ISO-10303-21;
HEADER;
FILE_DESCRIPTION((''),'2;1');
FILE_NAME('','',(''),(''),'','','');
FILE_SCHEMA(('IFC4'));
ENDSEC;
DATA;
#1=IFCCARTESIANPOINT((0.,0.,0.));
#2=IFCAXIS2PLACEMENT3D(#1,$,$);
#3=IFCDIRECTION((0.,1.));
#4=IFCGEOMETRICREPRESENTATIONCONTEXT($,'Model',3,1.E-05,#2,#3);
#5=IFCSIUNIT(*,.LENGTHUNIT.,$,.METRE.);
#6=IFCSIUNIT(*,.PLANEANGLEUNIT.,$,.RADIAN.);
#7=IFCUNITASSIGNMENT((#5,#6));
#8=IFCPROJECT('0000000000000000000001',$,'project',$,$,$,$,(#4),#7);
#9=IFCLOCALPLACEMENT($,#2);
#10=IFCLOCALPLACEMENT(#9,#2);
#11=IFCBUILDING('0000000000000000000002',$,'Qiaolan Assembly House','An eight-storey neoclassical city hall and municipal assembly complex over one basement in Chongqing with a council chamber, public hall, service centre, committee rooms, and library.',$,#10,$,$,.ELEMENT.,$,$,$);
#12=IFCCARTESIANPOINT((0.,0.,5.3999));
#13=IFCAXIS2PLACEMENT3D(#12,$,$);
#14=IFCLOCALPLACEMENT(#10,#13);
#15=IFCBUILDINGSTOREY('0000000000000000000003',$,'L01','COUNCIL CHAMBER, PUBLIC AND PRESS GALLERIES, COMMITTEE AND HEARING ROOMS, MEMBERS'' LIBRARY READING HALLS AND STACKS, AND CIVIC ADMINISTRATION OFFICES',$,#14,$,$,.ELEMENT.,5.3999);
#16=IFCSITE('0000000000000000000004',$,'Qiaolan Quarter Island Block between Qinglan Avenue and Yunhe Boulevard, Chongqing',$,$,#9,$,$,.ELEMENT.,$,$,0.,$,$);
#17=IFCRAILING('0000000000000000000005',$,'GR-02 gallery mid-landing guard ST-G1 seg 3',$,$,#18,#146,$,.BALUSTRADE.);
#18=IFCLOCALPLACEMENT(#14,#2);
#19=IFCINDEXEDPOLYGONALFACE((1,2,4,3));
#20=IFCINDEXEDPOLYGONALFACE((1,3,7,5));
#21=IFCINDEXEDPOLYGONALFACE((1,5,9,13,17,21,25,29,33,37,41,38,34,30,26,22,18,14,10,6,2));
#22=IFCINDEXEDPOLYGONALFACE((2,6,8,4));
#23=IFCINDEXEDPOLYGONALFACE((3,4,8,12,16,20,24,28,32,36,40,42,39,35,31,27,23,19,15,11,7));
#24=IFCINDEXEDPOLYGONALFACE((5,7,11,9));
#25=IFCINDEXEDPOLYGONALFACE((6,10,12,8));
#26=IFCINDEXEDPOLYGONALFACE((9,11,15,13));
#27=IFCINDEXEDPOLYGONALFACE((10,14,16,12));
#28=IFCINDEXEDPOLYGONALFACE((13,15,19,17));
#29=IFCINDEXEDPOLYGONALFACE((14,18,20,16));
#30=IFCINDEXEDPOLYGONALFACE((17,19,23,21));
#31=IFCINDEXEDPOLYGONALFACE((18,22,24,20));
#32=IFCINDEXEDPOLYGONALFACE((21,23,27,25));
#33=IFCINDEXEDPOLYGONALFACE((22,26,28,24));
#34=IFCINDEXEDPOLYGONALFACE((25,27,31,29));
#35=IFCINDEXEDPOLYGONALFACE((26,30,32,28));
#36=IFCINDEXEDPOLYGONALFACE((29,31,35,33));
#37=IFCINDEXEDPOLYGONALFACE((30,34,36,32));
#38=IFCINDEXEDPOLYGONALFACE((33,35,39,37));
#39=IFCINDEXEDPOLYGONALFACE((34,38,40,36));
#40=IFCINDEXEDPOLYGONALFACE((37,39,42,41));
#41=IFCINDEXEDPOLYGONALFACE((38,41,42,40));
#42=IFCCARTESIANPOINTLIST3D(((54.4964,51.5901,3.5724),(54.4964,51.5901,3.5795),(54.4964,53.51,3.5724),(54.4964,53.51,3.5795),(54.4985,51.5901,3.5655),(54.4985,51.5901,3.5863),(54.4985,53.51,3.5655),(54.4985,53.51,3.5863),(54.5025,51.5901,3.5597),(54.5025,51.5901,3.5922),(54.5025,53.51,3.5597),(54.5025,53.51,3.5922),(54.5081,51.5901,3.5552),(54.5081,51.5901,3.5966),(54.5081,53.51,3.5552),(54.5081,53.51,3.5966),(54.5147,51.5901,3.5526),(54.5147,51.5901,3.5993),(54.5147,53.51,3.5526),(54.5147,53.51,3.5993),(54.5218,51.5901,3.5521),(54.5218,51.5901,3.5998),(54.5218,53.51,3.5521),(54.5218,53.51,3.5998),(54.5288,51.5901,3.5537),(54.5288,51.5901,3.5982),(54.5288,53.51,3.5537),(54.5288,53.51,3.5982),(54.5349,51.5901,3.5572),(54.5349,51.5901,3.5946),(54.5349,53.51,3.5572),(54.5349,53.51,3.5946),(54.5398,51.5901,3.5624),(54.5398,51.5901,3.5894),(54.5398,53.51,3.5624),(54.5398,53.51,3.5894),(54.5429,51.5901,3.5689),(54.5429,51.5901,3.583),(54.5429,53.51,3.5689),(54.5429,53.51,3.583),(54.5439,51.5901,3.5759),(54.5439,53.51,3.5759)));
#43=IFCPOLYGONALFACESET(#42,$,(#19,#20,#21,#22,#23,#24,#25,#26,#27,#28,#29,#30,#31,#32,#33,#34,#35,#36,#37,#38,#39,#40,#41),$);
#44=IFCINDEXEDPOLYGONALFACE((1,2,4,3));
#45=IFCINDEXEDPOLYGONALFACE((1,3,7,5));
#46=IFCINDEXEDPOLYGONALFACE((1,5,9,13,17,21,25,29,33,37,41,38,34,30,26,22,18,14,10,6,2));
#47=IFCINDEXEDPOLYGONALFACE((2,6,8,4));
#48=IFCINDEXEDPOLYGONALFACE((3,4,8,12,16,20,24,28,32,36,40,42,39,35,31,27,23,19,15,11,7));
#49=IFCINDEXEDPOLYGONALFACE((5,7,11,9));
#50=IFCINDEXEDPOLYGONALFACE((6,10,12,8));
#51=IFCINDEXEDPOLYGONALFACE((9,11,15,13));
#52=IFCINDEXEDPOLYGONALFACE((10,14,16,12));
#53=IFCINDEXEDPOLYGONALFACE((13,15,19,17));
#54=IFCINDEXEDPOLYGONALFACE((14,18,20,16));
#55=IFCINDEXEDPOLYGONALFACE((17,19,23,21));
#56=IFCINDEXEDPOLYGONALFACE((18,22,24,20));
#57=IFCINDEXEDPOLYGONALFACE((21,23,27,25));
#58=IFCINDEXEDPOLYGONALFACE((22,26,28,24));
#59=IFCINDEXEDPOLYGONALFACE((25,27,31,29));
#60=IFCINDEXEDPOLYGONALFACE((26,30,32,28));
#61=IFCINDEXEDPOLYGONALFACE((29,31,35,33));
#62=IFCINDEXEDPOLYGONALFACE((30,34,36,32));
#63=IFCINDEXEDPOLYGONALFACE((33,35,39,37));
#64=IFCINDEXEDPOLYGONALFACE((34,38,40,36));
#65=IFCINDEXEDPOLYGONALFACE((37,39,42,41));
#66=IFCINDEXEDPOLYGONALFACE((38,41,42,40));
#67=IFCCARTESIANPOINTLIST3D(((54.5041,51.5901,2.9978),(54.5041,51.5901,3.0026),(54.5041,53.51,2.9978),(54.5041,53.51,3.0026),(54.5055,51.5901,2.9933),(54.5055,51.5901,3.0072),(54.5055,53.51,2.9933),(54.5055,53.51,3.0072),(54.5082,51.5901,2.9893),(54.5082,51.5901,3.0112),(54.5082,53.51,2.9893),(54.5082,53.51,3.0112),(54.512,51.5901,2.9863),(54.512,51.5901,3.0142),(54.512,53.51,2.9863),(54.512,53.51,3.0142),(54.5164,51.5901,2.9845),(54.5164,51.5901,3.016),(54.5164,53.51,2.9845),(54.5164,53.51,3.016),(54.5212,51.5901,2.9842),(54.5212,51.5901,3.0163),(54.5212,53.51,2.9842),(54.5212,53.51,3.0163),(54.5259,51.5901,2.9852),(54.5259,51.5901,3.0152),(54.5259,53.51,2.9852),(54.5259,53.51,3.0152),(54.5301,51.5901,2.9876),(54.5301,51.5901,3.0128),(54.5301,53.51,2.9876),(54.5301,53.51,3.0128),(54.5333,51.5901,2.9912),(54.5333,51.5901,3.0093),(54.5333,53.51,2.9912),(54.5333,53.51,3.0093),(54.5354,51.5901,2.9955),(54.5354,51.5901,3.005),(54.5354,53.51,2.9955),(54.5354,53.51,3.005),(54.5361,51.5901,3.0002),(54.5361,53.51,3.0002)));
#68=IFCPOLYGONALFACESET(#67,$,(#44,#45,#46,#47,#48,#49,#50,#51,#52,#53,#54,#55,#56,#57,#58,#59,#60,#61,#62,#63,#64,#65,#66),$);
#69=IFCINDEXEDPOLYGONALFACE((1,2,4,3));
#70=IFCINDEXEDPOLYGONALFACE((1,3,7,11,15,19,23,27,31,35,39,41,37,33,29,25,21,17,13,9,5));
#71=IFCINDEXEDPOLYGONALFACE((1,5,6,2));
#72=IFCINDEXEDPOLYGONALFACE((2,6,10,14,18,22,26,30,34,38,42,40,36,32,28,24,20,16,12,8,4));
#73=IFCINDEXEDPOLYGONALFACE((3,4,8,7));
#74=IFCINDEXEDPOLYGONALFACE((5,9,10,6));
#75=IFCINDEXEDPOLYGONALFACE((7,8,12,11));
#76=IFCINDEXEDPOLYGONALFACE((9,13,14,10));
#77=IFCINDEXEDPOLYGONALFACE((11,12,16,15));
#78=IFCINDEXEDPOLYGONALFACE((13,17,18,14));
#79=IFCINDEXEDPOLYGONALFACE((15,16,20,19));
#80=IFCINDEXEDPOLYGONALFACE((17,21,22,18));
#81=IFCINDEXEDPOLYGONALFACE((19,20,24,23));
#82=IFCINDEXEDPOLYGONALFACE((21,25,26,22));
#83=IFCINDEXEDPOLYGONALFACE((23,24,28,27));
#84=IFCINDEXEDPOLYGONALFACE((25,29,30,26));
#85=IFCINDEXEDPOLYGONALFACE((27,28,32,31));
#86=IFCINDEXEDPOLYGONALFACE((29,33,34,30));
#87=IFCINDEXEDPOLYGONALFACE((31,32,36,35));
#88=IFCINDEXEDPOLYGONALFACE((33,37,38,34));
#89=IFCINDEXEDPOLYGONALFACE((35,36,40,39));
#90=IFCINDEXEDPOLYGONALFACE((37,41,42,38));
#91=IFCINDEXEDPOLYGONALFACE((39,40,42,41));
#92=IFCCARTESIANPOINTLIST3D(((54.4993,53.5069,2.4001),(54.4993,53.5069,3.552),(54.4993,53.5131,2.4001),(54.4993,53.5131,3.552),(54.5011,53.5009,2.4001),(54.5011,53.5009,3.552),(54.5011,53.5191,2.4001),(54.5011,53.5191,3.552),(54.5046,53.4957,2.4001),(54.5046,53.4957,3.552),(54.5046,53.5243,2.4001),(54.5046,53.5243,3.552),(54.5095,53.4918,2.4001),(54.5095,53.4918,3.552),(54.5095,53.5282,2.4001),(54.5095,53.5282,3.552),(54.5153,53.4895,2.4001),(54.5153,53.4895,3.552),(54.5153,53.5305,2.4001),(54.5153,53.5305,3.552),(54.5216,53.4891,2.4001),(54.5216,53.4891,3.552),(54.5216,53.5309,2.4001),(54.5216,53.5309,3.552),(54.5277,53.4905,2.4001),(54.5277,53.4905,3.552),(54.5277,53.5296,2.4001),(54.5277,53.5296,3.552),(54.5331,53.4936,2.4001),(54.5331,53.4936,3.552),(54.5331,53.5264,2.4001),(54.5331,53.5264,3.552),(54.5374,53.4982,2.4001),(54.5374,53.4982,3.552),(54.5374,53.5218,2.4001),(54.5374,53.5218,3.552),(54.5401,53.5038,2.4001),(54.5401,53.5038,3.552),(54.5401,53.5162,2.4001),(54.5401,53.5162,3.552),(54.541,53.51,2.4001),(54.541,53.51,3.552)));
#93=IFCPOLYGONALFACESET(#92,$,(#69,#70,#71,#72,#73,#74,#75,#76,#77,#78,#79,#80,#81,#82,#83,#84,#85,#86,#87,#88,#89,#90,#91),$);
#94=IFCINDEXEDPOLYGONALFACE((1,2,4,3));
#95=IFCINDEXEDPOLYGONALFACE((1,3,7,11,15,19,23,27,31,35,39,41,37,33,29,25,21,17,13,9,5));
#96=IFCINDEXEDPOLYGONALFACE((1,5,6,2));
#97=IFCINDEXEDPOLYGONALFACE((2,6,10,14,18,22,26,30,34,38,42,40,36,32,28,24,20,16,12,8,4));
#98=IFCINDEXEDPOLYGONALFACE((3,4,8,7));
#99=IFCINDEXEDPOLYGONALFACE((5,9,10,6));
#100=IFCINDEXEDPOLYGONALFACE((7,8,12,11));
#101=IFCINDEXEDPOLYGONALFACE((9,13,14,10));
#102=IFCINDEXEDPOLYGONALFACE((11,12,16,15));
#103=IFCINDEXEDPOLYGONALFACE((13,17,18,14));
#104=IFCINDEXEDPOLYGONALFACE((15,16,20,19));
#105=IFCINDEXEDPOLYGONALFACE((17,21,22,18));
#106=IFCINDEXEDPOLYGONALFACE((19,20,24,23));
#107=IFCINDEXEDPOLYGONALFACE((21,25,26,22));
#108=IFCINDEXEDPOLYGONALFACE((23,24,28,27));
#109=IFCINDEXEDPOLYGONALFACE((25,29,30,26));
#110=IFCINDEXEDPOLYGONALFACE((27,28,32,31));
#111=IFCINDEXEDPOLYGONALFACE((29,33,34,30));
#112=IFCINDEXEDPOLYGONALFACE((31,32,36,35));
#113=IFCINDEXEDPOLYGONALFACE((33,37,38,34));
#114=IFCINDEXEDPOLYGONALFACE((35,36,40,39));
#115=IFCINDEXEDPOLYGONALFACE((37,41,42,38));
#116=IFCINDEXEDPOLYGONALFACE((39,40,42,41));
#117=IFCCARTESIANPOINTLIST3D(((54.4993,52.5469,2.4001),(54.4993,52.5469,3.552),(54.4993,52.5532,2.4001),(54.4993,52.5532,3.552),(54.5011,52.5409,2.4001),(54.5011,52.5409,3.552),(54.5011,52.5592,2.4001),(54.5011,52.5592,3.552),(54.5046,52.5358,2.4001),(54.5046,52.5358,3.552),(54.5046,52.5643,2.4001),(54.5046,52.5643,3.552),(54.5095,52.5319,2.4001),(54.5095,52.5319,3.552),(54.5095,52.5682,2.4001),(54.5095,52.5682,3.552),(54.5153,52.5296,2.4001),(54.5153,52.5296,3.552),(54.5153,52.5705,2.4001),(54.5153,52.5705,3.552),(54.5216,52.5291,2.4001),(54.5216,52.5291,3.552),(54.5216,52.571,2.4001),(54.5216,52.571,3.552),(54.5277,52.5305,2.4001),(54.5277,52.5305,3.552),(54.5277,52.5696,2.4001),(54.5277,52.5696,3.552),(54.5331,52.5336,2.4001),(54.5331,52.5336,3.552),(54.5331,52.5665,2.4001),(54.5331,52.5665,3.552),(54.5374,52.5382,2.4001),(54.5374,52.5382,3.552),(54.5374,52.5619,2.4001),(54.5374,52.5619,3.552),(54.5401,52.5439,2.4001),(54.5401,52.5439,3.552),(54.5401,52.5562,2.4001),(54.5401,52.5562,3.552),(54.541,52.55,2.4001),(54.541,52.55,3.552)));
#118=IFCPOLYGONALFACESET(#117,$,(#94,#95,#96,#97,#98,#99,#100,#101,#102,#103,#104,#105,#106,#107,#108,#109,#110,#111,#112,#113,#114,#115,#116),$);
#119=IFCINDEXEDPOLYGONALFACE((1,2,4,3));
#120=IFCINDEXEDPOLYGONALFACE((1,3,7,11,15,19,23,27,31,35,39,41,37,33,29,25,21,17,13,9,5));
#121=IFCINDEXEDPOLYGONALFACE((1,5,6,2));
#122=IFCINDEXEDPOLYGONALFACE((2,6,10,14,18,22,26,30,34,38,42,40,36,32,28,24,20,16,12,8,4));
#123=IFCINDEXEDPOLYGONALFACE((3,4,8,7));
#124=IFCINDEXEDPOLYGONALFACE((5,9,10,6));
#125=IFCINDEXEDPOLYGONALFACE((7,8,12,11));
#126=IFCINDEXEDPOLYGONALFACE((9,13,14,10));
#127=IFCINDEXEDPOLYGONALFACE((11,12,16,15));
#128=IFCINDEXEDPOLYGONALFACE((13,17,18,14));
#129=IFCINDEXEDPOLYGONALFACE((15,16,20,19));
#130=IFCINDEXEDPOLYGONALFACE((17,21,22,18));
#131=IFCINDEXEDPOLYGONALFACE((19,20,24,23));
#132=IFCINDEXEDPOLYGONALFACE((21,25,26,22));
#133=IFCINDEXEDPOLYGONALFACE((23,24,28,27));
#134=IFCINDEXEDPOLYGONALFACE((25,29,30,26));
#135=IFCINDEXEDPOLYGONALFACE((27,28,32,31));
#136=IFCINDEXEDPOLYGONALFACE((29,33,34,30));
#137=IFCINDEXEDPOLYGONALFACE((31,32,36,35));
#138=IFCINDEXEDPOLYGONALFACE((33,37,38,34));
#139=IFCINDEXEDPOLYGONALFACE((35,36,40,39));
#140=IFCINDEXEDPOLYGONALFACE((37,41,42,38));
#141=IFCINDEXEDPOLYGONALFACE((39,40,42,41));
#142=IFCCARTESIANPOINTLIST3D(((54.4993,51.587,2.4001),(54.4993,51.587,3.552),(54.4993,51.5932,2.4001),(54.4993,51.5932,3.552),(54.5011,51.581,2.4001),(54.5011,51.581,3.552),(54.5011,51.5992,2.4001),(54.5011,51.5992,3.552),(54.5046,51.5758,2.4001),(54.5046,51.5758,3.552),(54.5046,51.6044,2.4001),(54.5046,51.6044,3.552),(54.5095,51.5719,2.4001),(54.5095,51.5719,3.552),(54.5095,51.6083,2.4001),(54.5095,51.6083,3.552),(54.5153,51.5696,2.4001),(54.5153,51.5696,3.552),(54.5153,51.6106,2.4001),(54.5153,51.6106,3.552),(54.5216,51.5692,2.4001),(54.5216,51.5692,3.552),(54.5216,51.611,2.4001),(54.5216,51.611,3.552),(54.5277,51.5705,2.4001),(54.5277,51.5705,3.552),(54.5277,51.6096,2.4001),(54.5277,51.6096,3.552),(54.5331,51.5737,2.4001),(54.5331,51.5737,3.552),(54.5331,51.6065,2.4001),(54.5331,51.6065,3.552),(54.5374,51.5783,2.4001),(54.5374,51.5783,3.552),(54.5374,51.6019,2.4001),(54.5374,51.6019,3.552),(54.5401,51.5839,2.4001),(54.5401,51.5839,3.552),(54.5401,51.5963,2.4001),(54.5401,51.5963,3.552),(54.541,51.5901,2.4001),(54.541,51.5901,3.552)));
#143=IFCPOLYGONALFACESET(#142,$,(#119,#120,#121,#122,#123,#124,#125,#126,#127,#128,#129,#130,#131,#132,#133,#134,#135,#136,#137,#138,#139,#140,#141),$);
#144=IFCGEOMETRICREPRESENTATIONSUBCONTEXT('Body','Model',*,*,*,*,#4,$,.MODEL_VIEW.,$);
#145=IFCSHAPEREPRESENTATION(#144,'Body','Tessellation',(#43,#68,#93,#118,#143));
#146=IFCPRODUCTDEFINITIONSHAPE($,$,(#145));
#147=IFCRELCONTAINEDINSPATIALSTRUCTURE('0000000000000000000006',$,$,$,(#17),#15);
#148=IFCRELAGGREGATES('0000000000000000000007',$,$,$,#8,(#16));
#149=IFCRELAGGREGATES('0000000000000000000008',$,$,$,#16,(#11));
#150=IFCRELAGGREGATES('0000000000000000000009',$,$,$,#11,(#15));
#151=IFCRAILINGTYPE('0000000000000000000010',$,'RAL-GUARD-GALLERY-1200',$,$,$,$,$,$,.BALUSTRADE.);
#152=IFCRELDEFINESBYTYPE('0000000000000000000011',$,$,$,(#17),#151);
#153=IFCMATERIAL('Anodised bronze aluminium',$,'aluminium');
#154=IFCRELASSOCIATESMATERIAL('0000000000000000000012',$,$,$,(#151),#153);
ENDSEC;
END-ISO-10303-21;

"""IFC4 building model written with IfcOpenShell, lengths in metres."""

from ifc_helpers import new_model, si_unit, direction, frame, origin, origin_2d, place, context, subcontext, project, spatial, circle, extrude, material, type_object, element, save


model = new_model("IFC4")

# Units and contexts
model_context = context("Model", 3, precision=1e-05, world=origin(), true_north=direction((0.0, 1.0)))
body_context = subcontext(model_context, "Body", "Model", "MODEL_VIEW")
ifc_project = project(units=[si_unit("LENGTHUNIT", "METRE"), si_unit("PLANEANGLEUNIT", "RADIAN")], contexts=[model_context])

# Site, building, storey
site_placement = place(None, origin())
site = spatial("IfcSite", under=ifc_project, at=site_placement, Name="Qiaolan Quarter Island Block between Qinglan Avenue and Yunhe Boulevard, Chongqing", CompositionType="ELEMENT", RefElevation=0.0)
building_placement = place(site_placement, origin())
building = spatial("IfcBuilding", under=site, at=building_placement, Name="Qiaolan Assembly House", Description="An eight-storey neoclassical city hall and municipal assembly complex over one basement in Chongqing with a council chamber, public hall, service centre, committee rooms, and library.", CompositionType="ELEMENT")
storey_placement = place(building_placement, frame((0.0, 0.0, 5.3999)))
storey = spatial("IfcBuildingStorey", under=building, at=storey_placement, Name="L01", Description="COUNCIL CHAMBER, PUBLIC AND PRESS GALLERIES, COMMITTEE AND HEARING ROOMS, MEMBERS' LIBRARY READING HALLS AND STACKS, AND CIVIC ADMINISTRATION OFFICES", CompositionType="ELEMENT", Elevation=5.3999)

# Railing
ifc_material_1 = material(Name="Anodised bronze aluminium", Category="aluminium")
railing_type_1 = type_object("IfcRailingType", Name="RAL-GUARD-GALLERY-1200", PredefinedType="BALUSTRADE", material=ifc_material_1)
railing_1_placement = place(storey_placement, frame((54.52, 53.51, 2.4001)))
element("IfcRailing", 1, at=railing_1_placement, inside=storey, type_object=railing_type_1, Name="GR-02 gallery mid-landing guard ST-G1 seg 3", PredefinedType="BALUSTRADE", context=body_context, shape_type="SweptSolid", body=[
    extrude(circle(Radius=0.0239, at=origin_2d()), frame((0.0, 0.0, 1.1758), z_axis=(0.0, -1.0, 0.0), x_axis=(1.0, 0.0, 0.0)), (0.0, 0.0, 1.0), 1.9199),
    extrude(circle(Radius=0.0161, at=origin_2d()), frame((0.0, 0.0, 0.6001), z_axis=(0.0, -1.0, 0.0), x_axis=(1.0, 0.0, 0.0)), (0.0, 0.0, 1.0), 1.9199),
    extrude(circle(Radius=0.021, at=origin_2d()), origin(), (0.0, 0.0, 1.0), 1.1519),
    extrude(circle(Radius=0.021, at=origin_2d()), frame((0.0, -0.96, 0.0)), (0.0, 0.0, 1.0), 1.1519),
    extrude(circle(Radius=0.021, at=origin_2d()), frame((0.0, -1.9199, 0.0)), (0.0, 0.0, 1.0), 1.1519),
])

save(model, "model.ifc")
